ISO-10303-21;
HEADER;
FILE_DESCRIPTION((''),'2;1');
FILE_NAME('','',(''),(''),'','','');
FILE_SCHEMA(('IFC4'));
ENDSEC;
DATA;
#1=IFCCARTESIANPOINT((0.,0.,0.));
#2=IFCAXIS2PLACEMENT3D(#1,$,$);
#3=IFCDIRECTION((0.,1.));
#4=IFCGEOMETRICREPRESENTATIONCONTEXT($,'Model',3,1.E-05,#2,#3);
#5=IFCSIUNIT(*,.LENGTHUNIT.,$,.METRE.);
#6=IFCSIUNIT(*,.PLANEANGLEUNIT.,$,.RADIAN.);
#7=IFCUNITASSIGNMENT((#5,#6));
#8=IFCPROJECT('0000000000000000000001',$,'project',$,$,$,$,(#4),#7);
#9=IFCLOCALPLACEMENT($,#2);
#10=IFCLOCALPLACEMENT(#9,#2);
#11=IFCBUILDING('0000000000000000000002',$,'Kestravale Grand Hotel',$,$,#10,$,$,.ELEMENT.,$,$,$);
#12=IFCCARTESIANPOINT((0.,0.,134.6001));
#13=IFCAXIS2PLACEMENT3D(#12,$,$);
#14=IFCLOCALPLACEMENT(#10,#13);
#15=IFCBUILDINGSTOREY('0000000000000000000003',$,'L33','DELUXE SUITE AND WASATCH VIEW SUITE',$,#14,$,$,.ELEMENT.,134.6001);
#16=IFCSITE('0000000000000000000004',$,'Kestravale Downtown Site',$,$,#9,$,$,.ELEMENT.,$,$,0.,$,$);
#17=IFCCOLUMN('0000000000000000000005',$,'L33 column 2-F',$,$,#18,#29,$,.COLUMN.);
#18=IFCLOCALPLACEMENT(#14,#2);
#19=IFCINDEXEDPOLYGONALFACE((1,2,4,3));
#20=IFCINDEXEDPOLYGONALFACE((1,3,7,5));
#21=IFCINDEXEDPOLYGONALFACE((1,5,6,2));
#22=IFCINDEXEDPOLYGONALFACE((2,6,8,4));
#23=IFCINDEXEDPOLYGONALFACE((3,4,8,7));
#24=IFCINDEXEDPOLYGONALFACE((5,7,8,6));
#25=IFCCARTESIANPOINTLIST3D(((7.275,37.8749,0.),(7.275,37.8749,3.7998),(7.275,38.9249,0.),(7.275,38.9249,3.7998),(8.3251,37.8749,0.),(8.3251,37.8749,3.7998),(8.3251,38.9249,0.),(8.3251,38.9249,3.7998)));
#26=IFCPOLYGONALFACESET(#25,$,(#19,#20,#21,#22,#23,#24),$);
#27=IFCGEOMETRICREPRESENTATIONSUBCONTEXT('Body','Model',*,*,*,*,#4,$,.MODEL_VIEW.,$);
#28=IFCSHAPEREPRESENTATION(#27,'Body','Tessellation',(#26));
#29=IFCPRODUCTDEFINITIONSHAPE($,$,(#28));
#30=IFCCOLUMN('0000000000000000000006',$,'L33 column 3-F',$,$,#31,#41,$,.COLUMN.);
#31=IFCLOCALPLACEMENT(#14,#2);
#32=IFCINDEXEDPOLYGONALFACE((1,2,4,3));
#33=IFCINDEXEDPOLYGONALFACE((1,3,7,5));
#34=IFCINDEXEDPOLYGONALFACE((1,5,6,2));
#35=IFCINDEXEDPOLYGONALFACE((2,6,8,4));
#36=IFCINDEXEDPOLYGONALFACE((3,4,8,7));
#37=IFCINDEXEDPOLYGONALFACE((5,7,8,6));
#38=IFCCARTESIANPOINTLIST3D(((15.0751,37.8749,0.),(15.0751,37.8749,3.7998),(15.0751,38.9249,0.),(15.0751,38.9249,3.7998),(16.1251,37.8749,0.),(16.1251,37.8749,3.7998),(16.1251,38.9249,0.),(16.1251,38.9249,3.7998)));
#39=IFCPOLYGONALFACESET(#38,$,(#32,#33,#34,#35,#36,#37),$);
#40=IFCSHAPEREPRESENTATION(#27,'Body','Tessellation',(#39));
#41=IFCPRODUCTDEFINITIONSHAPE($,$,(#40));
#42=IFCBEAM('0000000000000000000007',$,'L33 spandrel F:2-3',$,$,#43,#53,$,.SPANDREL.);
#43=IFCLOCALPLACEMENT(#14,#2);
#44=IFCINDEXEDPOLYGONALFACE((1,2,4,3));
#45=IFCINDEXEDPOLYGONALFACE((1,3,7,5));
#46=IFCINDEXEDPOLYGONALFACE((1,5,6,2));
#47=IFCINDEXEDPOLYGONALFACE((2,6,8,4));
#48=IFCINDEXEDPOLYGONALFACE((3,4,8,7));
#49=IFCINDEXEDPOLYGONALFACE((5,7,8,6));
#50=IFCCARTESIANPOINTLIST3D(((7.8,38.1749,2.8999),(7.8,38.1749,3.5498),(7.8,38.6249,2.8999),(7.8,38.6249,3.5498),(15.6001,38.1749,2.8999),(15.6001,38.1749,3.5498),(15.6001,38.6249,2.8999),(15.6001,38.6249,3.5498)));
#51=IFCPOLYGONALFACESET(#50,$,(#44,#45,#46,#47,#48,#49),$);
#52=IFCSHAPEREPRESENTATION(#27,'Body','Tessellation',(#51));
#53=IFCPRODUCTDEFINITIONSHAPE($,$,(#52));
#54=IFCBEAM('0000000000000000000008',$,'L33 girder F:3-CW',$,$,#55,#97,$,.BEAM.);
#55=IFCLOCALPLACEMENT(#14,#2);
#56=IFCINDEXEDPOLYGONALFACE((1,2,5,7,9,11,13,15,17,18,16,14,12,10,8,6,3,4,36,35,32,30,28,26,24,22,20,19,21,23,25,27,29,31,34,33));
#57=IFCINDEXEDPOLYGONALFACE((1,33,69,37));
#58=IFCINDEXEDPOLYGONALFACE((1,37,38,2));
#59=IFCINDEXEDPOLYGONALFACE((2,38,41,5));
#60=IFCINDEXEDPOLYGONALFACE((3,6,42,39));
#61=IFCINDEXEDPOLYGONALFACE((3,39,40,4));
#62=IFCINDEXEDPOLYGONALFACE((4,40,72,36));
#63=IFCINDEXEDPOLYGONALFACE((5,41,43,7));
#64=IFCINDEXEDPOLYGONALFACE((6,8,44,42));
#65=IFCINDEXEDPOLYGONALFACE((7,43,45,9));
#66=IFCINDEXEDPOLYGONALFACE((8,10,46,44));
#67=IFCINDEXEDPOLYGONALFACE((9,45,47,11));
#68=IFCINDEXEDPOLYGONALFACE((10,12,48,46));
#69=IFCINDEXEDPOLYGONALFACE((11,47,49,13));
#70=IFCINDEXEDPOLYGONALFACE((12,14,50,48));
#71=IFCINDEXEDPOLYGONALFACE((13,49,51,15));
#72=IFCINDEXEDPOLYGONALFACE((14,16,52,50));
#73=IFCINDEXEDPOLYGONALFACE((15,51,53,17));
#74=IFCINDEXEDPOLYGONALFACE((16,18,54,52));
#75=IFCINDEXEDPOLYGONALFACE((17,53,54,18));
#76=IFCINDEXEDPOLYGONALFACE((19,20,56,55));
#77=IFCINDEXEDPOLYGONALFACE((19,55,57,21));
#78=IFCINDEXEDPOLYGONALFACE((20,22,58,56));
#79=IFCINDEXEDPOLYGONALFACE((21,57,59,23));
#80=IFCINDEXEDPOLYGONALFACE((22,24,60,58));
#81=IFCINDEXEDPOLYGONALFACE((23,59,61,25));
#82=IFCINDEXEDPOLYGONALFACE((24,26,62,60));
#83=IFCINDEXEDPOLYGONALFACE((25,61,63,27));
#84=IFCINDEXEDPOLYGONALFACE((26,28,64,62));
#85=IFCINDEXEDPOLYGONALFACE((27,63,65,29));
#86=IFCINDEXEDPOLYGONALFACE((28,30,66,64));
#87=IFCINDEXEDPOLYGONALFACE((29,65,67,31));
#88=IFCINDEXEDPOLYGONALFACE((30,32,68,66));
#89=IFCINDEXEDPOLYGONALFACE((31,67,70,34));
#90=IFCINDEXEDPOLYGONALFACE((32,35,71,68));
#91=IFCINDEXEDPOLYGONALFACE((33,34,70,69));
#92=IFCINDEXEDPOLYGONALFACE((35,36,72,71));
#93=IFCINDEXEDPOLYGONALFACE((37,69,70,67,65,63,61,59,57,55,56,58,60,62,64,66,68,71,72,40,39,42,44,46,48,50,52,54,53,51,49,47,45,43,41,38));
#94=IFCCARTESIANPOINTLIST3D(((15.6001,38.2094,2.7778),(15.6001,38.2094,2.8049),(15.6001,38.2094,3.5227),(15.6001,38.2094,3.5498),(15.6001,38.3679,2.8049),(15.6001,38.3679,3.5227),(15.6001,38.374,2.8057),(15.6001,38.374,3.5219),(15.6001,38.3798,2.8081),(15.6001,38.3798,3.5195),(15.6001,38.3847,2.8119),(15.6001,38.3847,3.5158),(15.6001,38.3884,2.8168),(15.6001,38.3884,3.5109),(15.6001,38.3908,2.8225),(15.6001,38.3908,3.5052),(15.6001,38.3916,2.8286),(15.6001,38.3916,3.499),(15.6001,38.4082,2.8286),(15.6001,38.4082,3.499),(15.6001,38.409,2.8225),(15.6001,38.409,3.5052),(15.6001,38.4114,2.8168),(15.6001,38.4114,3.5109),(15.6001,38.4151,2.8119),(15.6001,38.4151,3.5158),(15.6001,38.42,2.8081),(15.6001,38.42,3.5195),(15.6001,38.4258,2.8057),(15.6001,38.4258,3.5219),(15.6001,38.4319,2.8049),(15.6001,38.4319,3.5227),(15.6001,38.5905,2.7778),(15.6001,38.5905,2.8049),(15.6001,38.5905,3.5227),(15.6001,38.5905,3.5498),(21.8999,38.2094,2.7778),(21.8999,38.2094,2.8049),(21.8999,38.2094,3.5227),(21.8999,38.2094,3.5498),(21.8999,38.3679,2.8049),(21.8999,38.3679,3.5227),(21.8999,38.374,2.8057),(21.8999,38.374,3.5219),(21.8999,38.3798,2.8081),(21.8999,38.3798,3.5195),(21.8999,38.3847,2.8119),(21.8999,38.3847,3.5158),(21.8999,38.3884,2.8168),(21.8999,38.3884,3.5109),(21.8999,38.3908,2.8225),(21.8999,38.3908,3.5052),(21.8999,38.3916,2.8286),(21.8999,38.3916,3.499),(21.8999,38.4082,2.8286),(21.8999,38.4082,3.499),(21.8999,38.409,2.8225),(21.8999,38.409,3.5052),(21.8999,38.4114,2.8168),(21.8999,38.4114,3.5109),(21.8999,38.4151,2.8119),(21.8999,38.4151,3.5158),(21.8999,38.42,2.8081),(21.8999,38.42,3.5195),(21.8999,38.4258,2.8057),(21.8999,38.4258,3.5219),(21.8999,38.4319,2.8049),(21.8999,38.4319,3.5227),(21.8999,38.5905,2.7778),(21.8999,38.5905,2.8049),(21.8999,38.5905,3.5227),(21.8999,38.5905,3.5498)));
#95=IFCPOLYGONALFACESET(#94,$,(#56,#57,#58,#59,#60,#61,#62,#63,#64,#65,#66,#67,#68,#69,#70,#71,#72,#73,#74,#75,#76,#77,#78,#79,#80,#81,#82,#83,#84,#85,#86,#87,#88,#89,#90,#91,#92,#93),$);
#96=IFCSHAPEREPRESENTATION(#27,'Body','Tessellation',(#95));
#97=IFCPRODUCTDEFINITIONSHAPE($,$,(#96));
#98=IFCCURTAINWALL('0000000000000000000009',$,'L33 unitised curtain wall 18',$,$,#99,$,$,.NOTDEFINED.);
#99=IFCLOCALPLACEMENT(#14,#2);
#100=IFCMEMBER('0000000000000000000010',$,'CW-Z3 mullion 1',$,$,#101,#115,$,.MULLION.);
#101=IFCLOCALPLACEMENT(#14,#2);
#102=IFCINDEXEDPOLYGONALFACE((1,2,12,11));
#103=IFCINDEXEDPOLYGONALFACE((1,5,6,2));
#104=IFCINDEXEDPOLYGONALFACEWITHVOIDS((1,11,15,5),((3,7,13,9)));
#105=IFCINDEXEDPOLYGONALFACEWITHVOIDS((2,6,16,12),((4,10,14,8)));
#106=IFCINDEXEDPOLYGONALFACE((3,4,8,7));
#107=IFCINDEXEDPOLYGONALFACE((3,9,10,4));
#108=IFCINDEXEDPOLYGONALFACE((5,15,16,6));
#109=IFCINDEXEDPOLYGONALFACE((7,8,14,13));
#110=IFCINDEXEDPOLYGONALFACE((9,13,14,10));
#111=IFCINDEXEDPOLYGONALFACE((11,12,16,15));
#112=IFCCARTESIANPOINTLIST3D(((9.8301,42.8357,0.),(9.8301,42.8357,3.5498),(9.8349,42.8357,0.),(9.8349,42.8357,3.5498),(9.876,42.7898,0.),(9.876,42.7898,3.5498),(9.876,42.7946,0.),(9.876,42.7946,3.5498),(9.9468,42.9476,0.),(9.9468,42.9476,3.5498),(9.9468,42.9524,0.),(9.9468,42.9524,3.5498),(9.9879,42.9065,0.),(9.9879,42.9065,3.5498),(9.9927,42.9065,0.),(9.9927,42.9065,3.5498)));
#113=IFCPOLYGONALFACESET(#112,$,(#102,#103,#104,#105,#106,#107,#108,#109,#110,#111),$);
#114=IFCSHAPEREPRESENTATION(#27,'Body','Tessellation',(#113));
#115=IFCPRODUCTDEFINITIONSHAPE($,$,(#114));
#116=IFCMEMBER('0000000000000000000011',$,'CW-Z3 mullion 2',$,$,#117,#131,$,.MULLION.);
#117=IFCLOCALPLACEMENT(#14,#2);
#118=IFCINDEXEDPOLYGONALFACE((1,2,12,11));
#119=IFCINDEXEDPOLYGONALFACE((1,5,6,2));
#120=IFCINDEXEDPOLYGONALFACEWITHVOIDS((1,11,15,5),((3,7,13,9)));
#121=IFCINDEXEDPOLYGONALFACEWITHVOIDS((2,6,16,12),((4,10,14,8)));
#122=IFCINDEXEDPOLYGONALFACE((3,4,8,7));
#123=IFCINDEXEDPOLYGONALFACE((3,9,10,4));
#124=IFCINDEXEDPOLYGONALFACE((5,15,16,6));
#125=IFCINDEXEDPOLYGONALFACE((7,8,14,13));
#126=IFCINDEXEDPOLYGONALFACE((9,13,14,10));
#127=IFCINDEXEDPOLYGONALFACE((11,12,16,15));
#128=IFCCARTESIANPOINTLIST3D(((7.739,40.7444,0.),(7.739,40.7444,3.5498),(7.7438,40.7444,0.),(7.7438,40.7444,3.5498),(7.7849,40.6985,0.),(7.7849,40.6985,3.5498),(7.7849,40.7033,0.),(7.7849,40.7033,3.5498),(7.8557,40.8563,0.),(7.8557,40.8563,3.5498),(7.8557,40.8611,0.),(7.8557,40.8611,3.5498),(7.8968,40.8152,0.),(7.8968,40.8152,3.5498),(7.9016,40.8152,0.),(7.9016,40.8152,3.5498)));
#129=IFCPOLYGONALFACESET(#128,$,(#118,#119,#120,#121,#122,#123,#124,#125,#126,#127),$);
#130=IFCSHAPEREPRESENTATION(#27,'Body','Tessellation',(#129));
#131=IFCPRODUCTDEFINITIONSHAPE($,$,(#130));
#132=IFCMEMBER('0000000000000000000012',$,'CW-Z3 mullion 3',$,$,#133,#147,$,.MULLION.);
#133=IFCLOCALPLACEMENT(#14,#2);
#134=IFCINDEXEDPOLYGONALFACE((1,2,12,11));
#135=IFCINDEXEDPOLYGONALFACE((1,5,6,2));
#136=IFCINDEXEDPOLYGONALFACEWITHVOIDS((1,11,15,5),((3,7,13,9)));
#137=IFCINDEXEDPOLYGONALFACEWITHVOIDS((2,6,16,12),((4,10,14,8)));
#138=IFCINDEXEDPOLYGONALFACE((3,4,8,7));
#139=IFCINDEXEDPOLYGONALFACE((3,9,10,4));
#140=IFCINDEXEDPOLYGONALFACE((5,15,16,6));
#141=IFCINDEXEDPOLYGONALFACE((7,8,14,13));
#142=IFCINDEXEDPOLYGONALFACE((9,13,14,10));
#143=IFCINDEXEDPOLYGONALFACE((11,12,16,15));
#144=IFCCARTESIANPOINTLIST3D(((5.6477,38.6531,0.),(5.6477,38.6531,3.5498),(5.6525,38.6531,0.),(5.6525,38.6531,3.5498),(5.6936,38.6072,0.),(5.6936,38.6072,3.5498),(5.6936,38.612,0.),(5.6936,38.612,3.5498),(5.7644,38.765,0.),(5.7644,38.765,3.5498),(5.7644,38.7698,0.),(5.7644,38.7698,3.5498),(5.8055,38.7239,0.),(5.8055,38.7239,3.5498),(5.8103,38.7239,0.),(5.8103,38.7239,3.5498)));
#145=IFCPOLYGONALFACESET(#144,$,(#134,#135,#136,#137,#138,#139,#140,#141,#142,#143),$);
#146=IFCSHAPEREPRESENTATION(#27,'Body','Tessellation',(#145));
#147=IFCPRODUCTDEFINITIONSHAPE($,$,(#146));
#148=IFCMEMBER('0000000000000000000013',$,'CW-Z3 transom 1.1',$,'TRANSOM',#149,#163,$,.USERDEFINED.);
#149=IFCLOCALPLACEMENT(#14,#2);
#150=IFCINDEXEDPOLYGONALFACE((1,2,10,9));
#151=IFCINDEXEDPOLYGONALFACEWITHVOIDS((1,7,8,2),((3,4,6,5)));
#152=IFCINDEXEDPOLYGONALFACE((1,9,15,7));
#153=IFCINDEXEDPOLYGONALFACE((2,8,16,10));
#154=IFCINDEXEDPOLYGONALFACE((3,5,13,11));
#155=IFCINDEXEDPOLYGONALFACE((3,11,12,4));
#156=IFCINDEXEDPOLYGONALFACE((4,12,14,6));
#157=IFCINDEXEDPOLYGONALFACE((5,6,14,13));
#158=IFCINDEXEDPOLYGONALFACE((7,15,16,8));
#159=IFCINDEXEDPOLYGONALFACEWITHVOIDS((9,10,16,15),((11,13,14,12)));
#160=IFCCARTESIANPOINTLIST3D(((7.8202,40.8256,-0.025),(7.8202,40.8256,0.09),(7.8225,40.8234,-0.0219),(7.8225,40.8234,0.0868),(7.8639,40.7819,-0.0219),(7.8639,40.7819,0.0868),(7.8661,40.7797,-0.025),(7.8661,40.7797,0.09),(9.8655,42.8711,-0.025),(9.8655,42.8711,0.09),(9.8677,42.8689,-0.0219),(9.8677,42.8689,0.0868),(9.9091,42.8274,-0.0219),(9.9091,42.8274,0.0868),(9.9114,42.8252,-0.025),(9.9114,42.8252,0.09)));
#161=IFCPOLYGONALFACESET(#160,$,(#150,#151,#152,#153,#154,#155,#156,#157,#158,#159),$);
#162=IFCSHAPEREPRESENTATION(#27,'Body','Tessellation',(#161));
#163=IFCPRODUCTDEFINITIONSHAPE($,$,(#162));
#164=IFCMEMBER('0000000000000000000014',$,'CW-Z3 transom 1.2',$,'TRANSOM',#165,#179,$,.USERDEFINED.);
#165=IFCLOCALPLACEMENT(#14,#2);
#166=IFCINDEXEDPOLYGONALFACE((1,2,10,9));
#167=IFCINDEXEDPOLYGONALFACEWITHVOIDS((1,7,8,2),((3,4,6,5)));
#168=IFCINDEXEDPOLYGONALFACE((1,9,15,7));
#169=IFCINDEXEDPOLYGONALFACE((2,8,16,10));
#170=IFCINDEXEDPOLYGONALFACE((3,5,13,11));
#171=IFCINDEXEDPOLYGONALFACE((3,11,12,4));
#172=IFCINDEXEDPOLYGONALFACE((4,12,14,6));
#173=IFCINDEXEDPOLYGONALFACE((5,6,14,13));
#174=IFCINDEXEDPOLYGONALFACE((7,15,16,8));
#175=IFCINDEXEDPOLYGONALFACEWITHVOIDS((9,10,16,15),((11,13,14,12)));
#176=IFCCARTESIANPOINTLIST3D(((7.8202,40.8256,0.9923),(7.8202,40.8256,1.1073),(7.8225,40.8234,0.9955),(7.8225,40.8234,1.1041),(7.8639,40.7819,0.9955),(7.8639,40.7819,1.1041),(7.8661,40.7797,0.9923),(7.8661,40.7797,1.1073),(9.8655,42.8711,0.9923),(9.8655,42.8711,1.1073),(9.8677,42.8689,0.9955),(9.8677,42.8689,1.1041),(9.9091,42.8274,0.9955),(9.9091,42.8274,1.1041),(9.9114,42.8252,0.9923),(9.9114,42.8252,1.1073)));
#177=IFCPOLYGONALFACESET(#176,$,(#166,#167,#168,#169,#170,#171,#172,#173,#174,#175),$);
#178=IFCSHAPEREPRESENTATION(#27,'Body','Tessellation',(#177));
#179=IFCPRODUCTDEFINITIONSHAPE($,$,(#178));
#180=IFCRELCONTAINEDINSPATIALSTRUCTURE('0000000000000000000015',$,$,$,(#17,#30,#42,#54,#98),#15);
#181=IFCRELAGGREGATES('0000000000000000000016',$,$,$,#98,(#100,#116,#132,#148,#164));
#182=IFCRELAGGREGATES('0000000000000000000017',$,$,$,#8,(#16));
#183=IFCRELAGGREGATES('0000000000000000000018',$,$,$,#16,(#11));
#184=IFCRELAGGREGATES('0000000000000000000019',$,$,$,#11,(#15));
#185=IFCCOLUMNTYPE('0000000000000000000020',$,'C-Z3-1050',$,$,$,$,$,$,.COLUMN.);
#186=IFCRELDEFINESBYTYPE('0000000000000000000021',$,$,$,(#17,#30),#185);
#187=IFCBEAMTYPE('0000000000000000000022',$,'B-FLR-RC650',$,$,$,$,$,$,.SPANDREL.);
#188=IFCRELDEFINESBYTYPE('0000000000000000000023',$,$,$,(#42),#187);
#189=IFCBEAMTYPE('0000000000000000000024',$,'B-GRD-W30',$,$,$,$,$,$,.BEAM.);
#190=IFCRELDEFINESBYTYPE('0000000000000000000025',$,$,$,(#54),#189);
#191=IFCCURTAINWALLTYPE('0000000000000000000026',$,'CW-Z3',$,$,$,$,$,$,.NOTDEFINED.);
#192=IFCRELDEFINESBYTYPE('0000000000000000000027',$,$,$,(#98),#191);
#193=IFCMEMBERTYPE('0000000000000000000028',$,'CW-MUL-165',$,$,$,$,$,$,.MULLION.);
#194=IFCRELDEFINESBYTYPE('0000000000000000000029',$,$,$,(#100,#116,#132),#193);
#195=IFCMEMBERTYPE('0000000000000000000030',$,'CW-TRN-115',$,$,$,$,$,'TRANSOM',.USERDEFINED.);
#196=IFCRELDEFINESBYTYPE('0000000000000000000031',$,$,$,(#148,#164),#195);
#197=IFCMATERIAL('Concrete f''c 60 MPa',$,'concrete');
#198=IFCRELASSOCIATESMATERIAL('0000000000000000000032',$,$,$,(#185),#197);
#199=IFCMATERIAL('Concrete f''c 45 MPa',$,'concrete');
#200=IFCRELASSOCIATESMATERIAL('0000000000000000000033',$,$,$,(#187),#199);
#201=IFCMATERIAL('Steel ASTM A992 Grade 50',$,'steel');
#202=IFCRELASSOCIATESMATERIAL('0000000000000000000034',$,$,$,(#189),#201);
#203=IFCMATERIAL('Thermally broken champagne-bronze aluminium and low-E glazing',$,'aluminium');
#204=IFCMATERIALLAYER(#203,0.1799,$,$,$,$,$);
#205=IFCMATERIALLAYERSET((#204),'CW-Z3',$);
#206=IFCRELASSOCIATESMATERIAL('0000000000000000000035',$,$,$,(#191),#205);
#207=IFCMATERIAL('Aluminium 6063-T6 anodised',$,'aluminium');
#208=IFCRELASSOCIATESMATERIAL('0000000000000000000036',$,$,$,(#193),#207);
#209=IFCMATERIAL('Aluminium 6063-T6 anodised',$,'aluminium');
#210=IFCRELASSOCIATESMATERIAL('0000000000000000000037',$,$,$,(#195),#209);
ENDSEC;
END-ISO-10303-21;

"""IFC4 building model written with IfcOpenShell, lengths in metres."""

from ifc_helpers import new_model, si_unit, direction, frame, origin, origin_2d, place, context, subcontext, project, spatial, rectangle, hollow_rectangle, i_section, extrude, material, layer, layer_set, material_profile, profile_set, type_object, element, aggregate, save


model = new_model("IFC4")

# Units and contexts
model_context = context("Model", 3, precision=1e-05, world=origin(), true_north=direction((0.0, 1.0)))
body_context = subcontext(model_context, "Body", "Model", "MODEL_VIEW")
ifc_project = project(units=[si_unit("LENGTHUNIT", "METRE"), si_unit("PLANEANGLEUNIT", "RADIAN")], contexts=[model_context])

# Site, building, storey
site_placement = place(None, origin())
site = spatial("IfcSite", under=ifc_project, at=site_placement, Name="Kestravale Downtown Site", CompositionType="ELEMENT", RefElevation=0.0)
building_placement = place(site_placement, origin())
building = spatial("IfcBuilding", under=site, at=building_placement, Name="Kestravale Grand Hotel", CompositionType="ELEMENT")
storey_placement = place(building_placement, frame((0.0, 0.0, 134.6001)))
storey = spatial("IfcBuildingStorey", under=building, at=storey_placement, Name="L33", Description="DELUXE SUITE AND WASATCH VIEW SUITE", CompositionType="ELEMENT", Elevation=134.6001)

# Columns
ifc_material_1 = material(Name="Concrete f'c 60 MPa", Category="concrete")
ifc_material_profile_1 = material_profile(ifc_material_1, rectangle(XDim=1.05, YDim=1.05, at=origin_2d()))
ifc_profile_set_1 = profile_set([ifc_material_profile_1], Name="Concrete f'c 60 MPa")
column_type = type_object("IfcColumnType", Name="C-Z3-1050", PredefinedType="COLUMN", material=ifc_profile_set_1)
for number, where, z_axis, x_axis, name in (
    (1, (7.8, 38.3999, 0.0), (0.0, 0.0, 1.0), (1.0, 0.0, 0.0), "L33 column 2-F"),
    (2, (15.6001, 38.3999, 0.0), (0.0, 0.0, 1.0), (1.0, 0.0, 0.0), "L33 column 3-F"),
):
    element("IfcColumn", number, at=place(storey_placement, frame(where, z_axis=z_axis, x_axis=x_axis)), inside=storey, type_object=column_type, Name=name, PredefinedType="COLUMN", context=body_context, shape_type="SweptSolid", body=[
        extrude(rectangle(XDim=1.05, YDim=1.05, at=origin_2d()), origin(), (0.0, 0.0, 1.0), 3.7998),
    ])

# Beams
ifc_material_2 = material(Name="Concrete f'c 45 MPa", Category="concrete")
ifc_material_profile_2 = material_profile(ifc_material_2, rectangle(XDim=0.45, YDim=0.6499, at=origin_2d()))
ifc_profile_set_2 = profile_set([ifc_material_profile_2], Name="Concrete f'c 45 MPa")
beam_type_1 = type_object("IfcBeamType", Name="B-FLR-RC650", PredefinedType="SPANDREL", material=ifc_profile_set_2)
beam_1_placement = place(storey_placement, frame((7.8, 38.3999, 3.2249), z_axis=(1.0, 0.0, 0.0), x_axis=(0.0, 1.0, 0.0)))
element("IfcBeam", 3, at=beam_1_placement, inside=storey, type_object=beam_type_1, Name="L33 spandrel F:2-3", PredefinedType="SPANDREL", context=body_context, shape_type="SweptSolid", body=[
    extrude(rectangle(XDim=0.45, YDim=0.6499, at=origin_2d()), origin(), (0.0, 0.0, 1.0), 7.8),
])
ifc_material_3 = material(Name="Steel ASTM A992 Grade 50", Category="steel")
ifc_material_profile_3 = material_profile(ifc_material_3, i_section(OverallWidth=0.3811, OverallDepth=0.772, WebThickness=0.0166, FlangeThickness=0.0271, FilletRadius=0.0237, at=origin_2d()))
ifc_profile_set_3 = profile_set([ifc_material_profile_3], Name="Steel ASTM A992 Grade 50")
beam_type_2 = type_object("IfcBeamType", Name="B-GRD-W30", PredefinedType="BEAM", material=ifc_profile_set_3)
beam_2_placement = place(storey_placement, frame((15.6001, 38.3999, 3.1638), z_axis=(1.0, 0.0, 0.0), x_axis=(0.0, 1.0, 0.0)))
element("IfcBeam", 4, at=beam_2_placement, inside=storey, type_object=beam_type_2, Name="L33 girder F:3-CW", PredefinedType="BEAM", context=body_context, shape_type="SweptSolid", body=[
    extrude(i_section(OverallWidth=0.3811, OverallDepth=0.772, WebThickness=0.0166, FlangeThickness=0.0271, FilletRadius=0.0237, at=origin_2d()), origin(), (0.0, 0.0, 1.0), 6.2998),
])

# Curtain wall, members
ifc_material_4 = material(Name="Thermally broken champagne-bronze aluminium and low-E glazing", Category="aluminium")
ifc_layer_1 = layer(ifc_material_4, 0.1799)
ifc_layer_set_1 = layer_set([ifc_layer_1], Name="CW-Z3")
curtain_wall_type = type_object("IfcCurtainWallType", Name="CW-Z3", PredefinedType="NOTDEFINED", material=ifc_layer_set_1)
curtain_wall_placement = place(storey_placement, origin())
curtain_wall = element("IfcCurtainWall", 5, at=curtain_wall_placement, inside=storey, type_object=curtain_wall_type, Name="L33 unitised curtain wall 18", PredefinedType="NOTDEFINED")
ifc_material_5 = material(Name="Aluminium 6063-T6 anodised", Category="aluminium")
ifc_material_profile_4 = material_profile(ifc_material_5, hollow_rectangle(XDim=0.0649, YDim=0.165, WallThickness=0.0034, at=origin_2d()))
ifc_profile_set_4 = profile_set([ifc_material_profile_4], Name="Aluminium 6063-T6 anodised")
member_type_1 = type_object("IfcMemberType", Name="CW-MUL-165", PredefinedType="MULLION", material=ifc_profile_set_4)
member_1_placement = place(storey_placement, frame((9.9114, 42.8711, 0.0), z_axis=(0.0, 0.0, 1.0), x_axis=(0.707107, -0.707107, 0.0)))
member_1 = element("IfcMember", 6, at=member_1_placement, type_object=member_type_1, Name="CW-Z3 mullion 1", PredefinedType="MULLION", context=body_context, shape_type="SweptSolid", body=[
    extrude(hollow_rectangle(XDim=0.0649, YDim=0.165, WallThickness=0.0034, at=origin_2d()), origin(), (0.0, 0.0, 1.0), 3.5498),
])
member_2_placement = place(storey_placement, frame((7.8203, 40.7798, 0.0), z_axis=(0.0, 0.0, 1.0), x_axis=(0.707107, -0.707107, 0.0)))
member_2 = element("IfcMember", 7, at=member_2_placement, type_object=member_type_1, Name="CW-Z3 mullion 2", PredefinedType="MULLION", context=body_context, shape_type="SweptSolid", body=[
    extrude(hollow_rectangle(XDim=0.0649, YDim=0.165, WallThickness=0.0034, at=origin_2d()), origin(), (0.0, 0.0, 1.0), 3.5498),
])
member_3_placement = place(storey_placement, frame((5.729, 38.6885, 0.0), z_axis=(0.0, 0.0, 1.0), x_axis=(0.707107, -0.707107, 0.0)))
member_3 = element("IfcMember", 8, at=member_3_placement, type_object=member_type_1, Name="CW-Z3 mullion 3", PredefinedType="MULLION", context=body_context, shape_type="SweptSolid", body=[
    extrude(hollow_rectangle(XDim=0.0649, YDim=0.165, WallThickness=0.0034, at=origin_2d()), origin(), (0.0, 0.0, 1.0), 3.5498),
])
ifc_material_6 = material(Name="Aluminium 6063-T6 anodised", Category="aluminium")
ifc_material_profile_5 = material_profile(ifc_material_6, hollow_rectangle(XDim=0.0649, YDim=0.115, WallThickness=0.0032, at=origin_2d()))
ifc_profile_set_5 = profile_set([ifc_material_profile_5], Name="Aluminium 6063-T6 anodised")
member_type_2 = type_object("IfcMemberType", Name="CW-TRN-115", ElementType="TRANSOM", PredefinedType="USERDEFINED", material=ifc_profile_set_5)
member_4_placement = place(storey_placement, frame((9.8884, 42.8481, 0.0325), z_axis=(-0.707065, -0.707149, 0.0), x_axis=(0.707149, -0.707065, 0.0)))
member_4 = element("IfcMember", 9, at=member_4_placement, type_object=member_type_2, Name="CW-Z3 transom 1.1", ObjectType="TRANSOM", PredefinedType="USERDEFINED", context=body_context, shape_type="SweptSolid", body=[
    extrude(hollow_rectangle(XDim=0.0649, YDim=0.115, WallThickness=0.0032, at=origin_2d()), origin(), (0.0, 0.0, 1.0), 2.8926),
])
member_5_placement = place(storey_placement, frame((9.8884, 42.8481, 1.0498), z_axis=(-0.707065, -0.707149, 0.0), x_axis=(0.707149, -0.707065, 0.0)))
member_5 = element("IfcMember", 10, at=member_5_placement, type_object=member_type_2, Name="CW-Z3 transom 1.2", ObjectType="TRANSOM", PredefinedType="USERDEFINED", context=body_context, shape_type="SweptSolid", body=[
    extrude(hollow_rectangle(XDim=0.0649, YDim=0.115, WallThickness=0.0032, at=origin_2d()), origin(), (0.0, 0.0, 1.0), 2.8926),
])
aggregate(curtain_wall, [member_1, member_2, member_3, member_4, member_5])

save(model, "model.ifc")
